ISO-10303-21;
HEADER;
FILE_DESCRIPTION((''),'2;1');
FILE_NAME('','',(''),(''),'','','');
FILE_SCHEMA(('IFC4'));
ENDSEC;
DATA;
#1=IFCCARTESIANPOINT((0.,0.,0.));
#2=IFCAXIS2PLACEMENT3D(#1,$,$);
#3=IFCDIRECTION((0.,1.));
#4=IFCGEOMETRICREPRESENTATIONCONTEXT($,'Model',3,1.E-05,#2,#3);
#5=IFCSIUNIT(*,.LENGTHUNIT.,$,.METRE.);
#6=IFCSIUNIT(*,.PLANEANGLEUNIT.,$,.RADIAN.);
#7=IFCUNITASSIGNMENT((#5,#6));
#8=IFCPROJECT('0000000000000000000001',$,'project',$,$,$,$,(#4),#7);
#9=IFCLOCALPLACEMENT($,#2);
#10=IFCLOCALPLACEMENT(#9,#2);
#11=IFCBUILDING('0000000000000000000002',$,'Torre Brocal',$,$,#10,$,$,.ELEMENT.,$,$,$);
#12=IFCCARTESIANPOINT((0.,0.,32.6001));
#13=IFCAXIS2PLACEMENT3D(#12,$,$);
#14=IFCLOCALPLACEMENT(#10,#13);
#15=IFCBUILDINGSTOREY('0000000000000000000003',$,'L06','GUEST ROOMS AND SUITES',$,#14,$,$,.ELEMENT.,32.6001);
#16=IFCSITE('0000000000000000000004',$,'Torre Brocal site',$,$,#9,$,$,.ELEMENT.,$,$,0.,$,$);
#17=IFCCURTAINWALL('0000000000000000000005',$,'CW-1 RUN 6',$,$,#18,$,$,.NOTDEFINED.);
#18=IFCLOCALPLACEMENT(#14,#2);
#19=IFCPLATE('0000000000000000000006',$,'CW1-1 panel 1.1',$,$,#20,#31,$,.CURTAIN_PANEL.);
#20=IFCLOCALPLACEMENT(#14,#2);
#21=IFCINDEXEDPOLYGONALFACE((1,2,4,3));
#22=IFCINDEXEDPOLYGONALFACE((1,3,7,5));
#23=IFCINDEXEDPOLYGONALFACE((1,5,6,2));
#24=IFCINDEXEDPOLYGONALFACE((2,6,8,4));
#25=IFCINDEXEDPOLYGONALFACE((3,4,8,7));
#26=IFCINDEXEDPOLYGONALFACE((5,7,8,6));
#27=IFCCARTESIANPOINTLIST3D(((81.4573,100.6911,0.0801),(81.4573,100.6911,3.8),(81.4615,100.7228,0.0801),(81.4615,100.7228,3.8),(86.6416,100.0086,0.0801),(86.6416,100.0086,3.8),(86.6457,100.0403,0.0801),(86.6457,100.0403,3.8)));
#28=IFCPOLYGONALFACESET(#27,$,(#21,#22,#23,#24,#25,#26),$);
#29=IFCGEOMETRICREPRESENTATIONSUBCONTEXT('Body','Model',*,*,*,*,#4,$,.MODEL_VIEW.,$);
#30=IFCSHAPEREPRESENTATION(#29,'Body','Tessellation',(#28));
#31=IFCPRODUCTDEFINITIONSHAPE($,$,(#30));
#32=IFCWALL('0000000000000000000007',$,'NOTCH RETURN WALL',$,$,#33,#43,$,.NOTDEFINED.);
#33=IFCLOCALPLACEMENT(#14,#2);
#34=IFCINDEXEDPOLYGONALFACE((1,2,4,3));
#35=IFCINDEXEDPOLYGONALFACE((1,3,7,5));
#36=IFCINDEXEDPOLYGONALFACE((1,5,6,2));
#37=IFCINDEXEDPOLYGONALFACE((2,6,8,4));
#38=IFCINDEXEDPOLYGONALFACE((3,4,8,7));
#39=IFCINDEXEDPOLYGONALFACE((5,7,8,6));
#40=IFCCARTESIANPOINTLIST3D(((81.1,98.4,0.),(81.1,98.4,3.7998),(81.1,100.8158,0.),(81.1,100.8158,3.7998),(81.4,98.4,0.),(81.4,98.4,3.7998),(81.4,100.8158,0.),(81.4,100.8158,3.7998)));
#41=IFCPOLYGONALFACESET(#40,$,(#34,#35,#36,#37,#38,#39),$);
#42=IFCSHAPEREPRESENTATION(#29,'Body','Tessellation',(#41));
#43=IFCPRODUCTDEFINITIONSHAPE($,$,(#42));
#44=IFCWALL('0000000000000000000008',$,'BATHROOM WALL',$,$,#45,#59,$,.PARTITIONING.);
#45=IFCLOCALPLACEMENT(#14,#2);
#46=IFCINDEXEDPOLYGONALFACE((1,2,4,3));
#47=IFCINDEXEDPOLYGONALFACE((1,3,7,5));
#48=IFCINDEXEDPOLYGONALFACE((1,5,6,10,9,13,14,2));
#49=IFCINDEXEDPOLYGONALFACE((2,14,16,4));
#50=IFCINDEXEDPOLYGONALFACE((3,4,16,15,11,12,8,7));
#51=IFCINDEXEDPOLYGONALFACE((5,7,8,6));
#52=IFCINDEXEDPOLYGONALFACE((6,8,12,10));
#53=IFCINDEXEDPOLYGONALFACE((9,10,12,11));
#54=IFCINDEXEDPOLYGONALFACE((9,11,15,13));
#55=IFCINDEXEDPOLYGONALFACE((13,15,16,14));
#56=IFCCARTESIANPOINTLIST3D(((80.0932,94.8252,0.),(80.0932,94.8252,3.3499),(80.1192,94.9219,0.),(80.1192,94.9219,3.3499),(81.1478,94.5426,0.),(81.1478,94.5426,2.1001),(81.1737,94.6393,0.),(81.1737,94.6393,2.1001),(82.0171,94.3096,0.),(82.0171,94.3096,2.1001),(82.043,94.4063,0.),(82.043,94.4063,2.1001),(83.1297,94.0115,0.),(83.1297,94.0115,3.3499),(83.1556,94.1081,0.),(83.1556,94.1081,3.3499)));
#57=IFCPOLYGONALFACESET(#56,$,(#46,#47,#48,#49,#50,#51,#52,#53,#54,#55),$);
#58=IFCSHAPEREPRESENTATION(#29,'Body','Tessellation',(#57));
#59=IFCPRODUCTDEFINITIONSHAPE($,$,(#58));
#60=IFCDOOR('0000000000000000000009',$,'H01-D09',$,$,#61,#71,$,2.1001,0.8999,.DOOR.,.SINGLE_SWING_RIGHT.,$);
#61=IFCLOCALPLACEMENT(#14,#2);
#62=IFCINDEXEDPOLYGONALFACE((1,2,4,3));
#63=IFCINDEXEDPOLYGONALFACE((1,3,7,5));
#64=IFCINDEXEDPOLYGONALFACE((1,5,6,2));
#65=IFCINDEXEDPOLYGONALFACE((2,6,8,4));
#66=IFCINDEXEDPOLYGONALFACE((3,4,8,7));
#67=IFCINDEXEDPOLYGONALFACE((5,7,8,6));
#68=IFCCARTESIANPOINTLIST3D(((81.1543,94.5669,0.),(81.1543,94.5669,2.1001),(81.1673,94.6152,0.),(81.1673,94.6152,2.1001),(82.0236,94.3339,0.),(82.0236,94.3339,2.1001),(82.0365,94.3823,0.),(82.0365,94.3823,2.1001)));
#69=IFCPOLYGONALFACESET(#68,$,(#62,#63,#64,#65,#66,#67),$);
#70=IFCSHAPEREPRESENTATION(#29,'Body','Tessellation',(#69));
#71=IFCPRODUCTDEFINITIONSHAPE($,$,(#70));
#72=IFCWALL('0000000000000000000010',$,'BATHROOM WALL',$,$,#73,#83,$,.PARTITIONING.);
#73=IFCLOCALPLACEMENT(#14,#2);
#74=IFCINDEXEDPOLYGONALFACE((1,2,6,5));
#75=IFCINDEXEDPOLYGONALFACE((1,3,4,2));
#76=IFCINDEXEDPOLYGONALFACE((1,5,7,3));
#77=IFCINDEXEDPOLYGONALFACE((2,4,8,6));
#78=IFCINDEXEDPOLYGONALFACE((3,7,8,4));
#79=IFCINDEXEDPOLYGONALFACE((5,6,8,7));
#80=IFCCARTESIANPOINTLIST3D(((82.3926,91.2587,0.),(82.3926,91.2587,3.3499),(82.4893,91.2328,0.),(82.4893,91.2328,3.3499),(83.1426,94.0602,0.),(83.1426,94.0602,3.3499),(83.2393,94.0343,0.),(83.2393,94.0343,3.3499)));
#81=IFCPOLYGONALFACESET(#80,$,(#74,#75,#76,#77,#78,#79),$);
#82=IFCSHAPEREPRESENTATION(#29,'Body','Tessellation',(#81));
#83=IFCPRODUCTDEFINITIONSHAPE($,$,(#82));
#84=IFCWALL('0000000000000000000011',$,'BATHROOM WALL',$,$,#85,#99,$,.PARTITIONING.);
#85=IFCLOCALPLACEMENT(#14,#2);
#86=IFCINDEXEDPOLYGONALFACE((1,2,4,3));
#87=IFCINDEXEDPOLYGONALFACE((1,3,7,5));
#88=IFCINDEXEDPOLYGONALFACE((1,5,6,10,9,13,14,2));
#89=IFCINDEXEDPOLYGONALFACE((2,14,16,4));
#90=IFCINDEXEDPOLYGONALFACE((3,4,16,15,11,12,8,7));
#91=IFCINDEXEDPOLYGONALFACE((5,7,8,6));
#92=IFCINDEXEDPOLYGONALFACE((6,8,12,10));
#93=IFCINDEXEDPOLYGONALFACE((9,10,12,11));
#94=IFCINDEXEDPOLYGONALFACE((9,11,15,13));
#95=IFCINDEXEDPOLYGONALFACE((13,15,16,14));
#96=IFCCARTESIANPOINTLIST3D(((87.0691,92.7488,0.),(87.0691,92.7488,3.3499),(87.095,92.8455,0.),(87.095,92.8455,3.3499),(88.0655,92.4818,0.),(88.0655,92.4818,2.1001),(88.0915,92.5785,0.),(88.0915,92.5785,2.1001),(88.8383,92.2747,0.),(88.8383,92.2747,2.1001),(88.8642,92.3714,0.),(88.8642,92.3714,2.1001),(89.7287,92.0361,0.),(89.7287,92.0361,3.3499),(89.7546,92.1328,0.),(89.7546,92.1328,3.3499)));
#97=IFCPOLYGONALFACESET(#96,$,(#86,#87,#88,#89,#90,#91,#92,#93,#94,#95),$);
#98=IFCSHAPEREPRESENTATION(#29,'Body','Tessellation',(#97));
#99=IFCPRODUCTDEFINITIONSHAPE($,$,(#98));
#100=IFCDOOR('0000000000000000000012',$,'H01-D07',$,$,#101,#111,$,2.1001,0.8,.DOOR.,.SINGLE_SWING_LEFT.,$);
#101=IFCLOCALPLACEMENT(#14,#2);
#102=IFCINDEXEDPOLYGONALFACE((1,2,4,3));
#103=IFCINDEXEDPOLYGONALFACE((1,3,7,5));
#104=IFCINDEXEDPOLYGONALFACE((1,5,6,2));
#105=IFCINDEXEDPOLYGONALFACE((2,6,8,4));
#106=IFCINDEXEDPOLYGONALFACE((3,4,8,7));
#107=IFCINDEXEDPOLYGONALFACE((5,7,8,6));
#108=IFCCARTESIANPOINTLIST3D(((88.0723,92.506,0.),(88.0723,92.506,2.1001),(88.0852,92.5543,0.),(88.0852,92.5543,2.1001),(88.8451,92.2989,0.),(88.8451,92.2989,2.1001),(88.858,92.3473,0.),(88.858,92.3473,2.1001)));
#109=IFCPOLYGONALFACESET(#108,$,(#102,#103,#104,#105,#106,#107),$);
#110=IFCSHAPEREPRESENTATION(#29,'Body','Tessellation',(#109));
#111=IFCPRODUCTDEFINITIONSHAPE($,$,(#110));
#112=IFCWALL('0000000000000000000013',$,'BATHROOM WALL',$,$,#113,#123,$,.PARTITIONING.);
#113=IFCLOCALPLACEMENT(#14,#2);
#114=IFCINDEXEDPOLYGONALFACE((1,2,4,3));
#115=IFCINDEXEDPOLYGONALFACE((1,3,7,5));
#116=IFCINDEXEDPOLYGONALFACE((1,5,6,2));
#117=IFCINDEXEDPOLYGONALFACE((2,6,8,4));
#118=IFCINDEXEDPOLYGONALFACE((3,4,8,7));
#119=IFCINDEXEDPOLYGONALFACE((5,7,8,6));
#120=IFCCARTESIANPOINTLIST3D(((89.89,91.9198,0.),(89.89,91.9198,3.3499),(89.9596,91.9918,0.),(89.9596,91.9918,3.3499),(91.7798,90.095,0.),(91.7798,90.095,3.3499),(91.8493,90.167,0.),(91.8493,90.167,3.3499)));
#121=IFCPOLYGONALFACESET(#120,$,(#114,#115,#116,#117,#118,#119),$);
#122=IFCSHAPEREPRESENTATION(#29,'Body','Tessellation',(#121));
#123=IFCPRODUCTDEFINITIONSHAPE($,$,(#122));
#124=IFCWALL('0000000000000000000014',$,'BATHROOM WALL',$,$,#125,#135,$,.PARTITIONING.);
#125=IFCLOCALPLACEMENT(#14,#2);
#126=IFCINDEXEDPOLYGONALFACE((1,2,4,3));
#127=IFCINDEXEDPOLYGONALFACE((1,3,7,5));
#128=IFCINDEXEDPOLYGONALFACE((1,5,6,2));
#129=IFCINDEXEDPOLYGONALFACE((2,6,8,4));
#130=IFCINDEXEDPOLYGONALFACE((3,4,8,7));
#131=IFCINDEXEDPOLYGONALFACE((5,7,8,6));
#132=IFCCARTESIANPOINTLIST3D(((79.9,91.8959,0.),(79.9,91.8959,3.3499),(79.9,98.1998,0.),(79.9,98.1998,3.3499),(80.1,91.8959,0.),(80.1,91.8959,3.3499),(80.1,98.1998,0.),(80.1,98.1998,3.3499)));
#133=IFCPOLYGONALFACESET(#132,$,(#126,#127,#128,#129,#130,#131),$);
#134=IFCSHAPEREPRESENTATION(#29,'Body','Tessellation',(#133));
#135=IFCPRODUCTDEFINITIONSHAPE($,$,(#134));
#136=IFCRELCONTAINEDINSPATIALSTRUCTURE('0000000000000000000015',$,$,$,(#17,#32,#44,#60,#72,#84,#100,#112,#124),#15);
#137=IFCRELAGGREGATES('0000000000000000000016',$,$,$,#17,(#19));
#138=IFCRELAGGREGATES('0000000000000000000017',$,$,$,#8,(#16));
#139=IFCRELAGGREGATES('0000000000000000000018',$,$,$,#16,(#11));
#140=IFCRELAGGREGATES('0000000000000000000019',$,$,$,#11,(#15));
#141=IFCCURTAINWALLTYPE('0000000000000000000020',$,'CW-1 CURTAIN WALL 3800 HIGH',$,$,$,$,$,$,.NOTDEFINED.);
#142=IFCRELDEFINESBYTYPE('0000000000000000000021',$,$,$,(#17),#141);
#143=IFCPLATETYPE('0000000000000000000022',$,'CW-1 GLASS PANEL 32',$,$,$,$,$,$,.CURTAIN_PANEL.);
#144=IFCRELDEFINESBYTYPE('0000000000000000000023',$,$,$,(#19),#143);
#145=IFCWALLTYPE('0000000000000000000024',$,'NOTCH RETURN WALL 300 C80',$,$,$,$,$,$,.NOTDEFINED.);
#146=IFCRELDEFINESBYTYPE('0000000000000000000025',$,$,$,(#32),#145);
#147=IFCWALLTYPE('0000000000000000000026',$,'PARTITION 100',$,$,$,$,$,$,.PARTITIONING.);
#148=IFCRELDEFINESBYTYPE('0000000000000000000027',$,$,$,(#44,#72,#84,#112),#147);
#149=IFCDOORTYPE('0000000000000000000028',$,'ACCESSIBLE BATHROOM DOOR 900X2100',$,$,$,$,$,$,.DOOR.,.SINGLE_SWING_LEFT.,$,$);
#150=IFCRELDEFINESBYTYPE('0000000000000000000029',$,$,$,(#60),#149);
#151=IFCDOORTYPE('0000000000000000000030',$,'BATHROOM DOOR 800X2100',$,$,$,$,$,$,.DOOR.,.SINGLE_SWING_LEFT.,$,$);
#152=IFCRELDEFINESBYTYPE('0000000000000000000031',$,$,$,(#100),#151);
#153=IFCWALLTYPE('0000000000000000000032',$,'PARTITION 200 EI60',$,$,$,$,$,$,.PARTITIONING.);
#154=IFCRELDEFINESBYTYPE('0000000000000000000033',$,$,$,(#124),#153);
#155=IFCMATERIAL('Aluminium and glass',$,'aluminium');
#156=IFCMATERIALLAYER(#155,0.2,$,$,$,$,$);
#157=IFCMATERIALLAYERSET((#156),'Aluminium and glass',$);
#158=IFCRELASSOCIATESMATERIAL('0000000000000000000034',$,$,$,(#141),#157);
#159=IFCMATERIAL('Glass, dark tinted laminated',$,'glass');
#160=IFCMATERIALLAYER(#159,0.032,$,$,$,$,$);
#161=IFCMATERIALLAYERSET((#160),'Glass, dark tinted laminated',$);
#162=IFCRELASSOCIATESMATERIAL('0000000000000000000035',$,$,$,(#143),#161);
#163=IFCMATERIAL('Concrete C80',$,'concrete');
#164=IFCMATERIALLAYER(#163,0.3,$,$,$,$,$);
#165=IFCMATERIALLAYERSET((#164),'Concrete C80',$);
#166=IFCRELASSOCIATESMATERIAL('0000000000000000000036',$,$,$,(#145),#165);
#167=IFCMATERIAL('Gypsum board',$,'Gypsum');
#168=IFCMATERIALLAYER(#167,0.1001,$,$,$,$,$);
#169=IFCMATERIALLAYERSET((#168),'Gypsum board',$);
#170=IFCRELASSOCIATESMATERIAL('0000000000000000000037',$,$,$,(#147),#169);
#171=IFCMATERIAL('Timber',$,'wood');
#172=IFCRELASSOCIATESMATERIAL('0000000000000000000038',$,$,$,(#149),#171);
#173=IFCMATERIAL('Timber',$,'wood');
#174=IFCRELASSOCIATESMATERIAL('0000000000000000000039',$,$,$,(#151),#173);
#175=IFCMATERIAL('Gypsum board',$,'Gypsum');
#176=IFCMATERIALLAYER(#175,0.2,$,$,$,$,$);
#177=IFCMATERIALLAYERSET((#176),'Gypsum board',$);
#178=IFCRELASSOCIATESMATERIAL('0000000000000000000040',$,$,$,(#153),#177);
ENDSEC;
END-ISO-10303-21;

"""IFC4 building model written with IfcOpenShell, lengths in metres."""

from ifc_helpers import new_model, si_unit, direction, frame, frame_2d, origin, origin_2d, place, context, subcontext, project, spatial, rectangle, extrude, material, layer, layer_set, type_object, element, fill, aggregate, save


model = new_model("IFC4")

# Units and contexts
model_context = context("Model", 3, precision=1e-05, world=origin(), true_north=direction((0.0, 1.0)))
body_context = subcontext(model_context, "Body", "Model", "MODEL_VIEW")
ifc_project = project(units=[si_unit("LENGTHUNIT", "METRE"), si_unit("PLANEANGLEUNIT", "RADIAN")], contexts=[model_context])

# Site, building, storey
site_placement = place(None, origin())
site = spatial("IfcSite", under=ifc_project, at=site_placement, Name="Torre Brocal site", CompositionType="ELEMENT", RefElevation=0.0)
building_placement = place(site_placement, origin())
building = spatial("IfcBuilding", under=site, at=building_placement, Name="Torre Brocal", CompositionType="ELEMENT")
storey_placement = place(building_placement, frame((0.0, 0.0, 32.6001)))
storey = spatial("IfcBuildingStorey", under=building, at=storey_placement, Name="L06", Description="GUEST ROOMS AND SUITES", CompositionType="ELEMENT", Elevation=32.6001)

# Shared definitions
ifc_material_1 = material(Name="Aluminium and glass", Category="aluminium")
ifc_layer_1 = layer(ifc_material_1, 0.2)
ifc_layer_set_1 = layer_set([ifc_layer_1], Name="Aluminium and glass")
curtain_wall_type = type_object("IfcCurtainWallType", Name="CW-1 CURTAIN WALL 3800 HIGH", PredefinedType="NOTDEFINED", material=ifc_layer_set_1)

# Curtain wall
curtain_wall_1_placement = place(storey_placement, origin())
curtain_wall_1 = element("IfcCurtainWall", 1, at=curtain_wall_1_placement, inside=storey, type_object=curtain_wall_type, Name="CW-1 RUN 6", PredefinedType="NOTDEFINED")

# Plate
ifc_material_2 = material(Name="Glass, dark tinted laminated", Category="glass")
ifc_layer_2 = layer(ifc_material_2, 0.032)
ifc_layer_set_2 = layer_set([ifc_layer_2], Name="Glass, dark tinted laminated")
plate_type = type_object("IfcPlateType", Name="CW-1 GLASS PANEL 32", PredefinedType="CURTAIN_PANEL", material=ifc_layer_set_2)
plate_1_placement = place(storey_placement, frame((84.0515, 100.3657, 0.0801), z_axis=(0.0, 0.0, 1.0), x_axis=(-0.991445, 0.130526, 0.0)))
plate_1 = element("IfcPlate", 2, at=plate_1_placement, type_object=plate_type, Name="CW1-1 panel 1.1", PredefinedType="CURTAIN_PANEL", context=body_context, shape_type="SweptSolid", body=[
    extrude(rectangle(XDim=5.229, YDim=0.032, at=origin_2d()), origin(), (0.0, 0.0, 1.0), 3.72),
])
aggregate(curtain_wall_1, [plate_1])

# Wall
ifc_material_3 = material(Name="Concrete C80", Category="concrete")
ifc_layer_3 = layer(ifc_material_3, 0.3)
ifc_layer_set_3 = layer_set([ifc_layer_3], Name="Concrete C80")
wall_type_1 = type_object("IfcWallType", Name="NOTCH RETURN WALL 300 C80", PredefinedType="NOTDEFINED", material=ifc_layer_set_3)
wall_1_placement = place(storey_placement, frame((81.25, 98.3999, 0.0), z_axis=(0.0, 0.0, 1.0), x_axis=(0.0, 1.0, 0.0)))
element("IfcWall", 3, at=wall_1_placement, inside=storey, type_object=wall_type_1, Name="NOTCH RETURN WALL", PredefinedType="NOTDEFINED", context=body_context, shape_type="SweptSolid", body=[
    extrude(rectangle(XDim=2.4158, YDim=0.3, at=frame_2d((1.208, 0.0))), origin(), (0.0, 0.0, 1.0), 3.7998),
])

# Wall, opening, door
ifc_material_4 = material(Name="Gypsum board", Category="Gypsum")
ifc_layer_4 = layer(ifc_material_4, 0.1001)
ifc_layer_set_4 = layer_set([ifc_layer_4], Name="Gypsum board")
wall_type_2 = type_object("IfcWallType", Name="PARTITION 100", PredefinedType="PARTITIONING", material=ifc_layer_set_4)
wall_2_placement = place(storey_placement, frame((80.1062, 94.8735, 0.0), z_axis=(0.0, 0.0, 1.0), x_axis=(0.965916, -0.258856, 0.0)))
wall_2 = element("IfcWall", 4, at=wall_2_placement, inside=storey, type_object=wall_type_2, Name="BATHROOM WALL", PredefinedType="PARTITIONING", context=body_context, shape_type="SweptSolid", body=[
    extrude(rectangle(XDim=3.1436, YDim=0.1001, at=frame_2d((1.5718, 0.0))), origin(), (0.0, 0.0, 1.0), 3.3499),
])
opening_1_placement = place(wall_2_placement, frame((1.0918, 0.0, 0.0)))
opening_1 = element("IfcOpeningElement", 5, at=opening_1_placement, cuts=wall_2, PredefinedType="OPENING", context=body_context, shape_type="SweptSolid", body=[
    extrude(rectangle(XDim=0.8999, YDim=2.1001, at=frame_2d((0.45, 1.05))), frame((0.0, 0.0601, 0.0), z_axis=(0.0, -1.0, 0.0), x_axis=(1.0, 0.0, 0.0)), (0.0, 0.0, 1.0), 0.1201),
])
ifc_material_5 = material(Name="Timber", Category="wood")
door_type_1 = type_object("IfcDoorType", Name="ACCESSIBLE BATHROOM DOOR 900X2100", OperationType="SINGLE_SWING_LEFT", PredefinedType="DOOR", material=ifc_material_5)
door_1_placement = place(opening_1_placement, frame((0.8999, 0.0, 0.0), z_axis=(0.0, 0.0, 1.0), x_axis=(-1.0, 0.0, 0.0)))
door_1 = element("IfcDoor", 6, at=door_1_placement, inside=storey, type_object=door_type_1, Name="H01-D09", OperationType="SINGLE_SWING_RIGHT", OverallHeight=2.1001, OverallWidth=0.8999, PredefinedType="DOOR", context=body_context, shape_type="SweptSolid", body=[
    extrude(rectangle(XDim=0.8999, YDim=2.1001, at=frame_2d((0.45, 1.05))), frame((0.0, 0.0249, 0.0), z_axis=(0.0, -1.0, 0.0), x_axis=(1.0, 0.0, 0.0)), (0.0, 0.0, 1.0), 0.05),
])
fill(opening_1, door_1)

# Wall
wall_3_placement = place(storey_placement, frame((82.4409, 91.2456, 0.0), z_axis=(0.0, 0.0, 1.0), x_axis=(0.258606, 0.965983, 0.0)))
element("IfcWall", 7, at=wall_3_placement, inside=storey, type_object=wall_type_2, Name="BATHROOM WALL", PredefinedType="PARTITIONING", context=body_context, shape_type="SweptSolid", body=[
    extrude(rectangle(XDim=2.9001, YDim=0.1001, at=frame_2d((1.4502, 0.0))), origin(), (0.0, 0.0, 1.0), 3.3499),
])

# Wall, opening, door
wall_4_placement = place(storey_placement, frame((87.082, 92.7971, 0.0), z_axis=(0.0, 0.0, 1.0), x_axis=(0.965927, -0.258816, 0.0)))
wall_4 = element("IfcWall", 8, at=wall_4_placement, inside=storey, type_object=wall_type_2, Name="BATHROOM WALL", PredefinedType="PARTITIONING", context=body_context, shape_type="SweptSolid", body=[
    extrude(rectangle(XDim=2.7534, YDim=0.1001, at=frame_2d((1.3767, 0.0))), origin(), (0.0, 0.0, 1.0), 3.3499),
])
opening_2_placement = place(wall_4_placement, frame((1.0317, 0.0, 0.0)))
opening_2 = element("IfcOpeningElement", 9, at=opening_2_placement, cuts=wall_4, PredefinedType="OPENING", context=body_context, shape_type="SweptSolid", body=[
    extrude(rectangle(XDim=0.8, YDim=2.1001, at=frame_2d((0.3999, 1.05))), frame((0.0, 0.0601, 0.0), z_axis=(0.0, -1.0, 0.0), x_axis=(1.0, 0.0, 0.0)), (0.0, 0.0, 1.0), 0.1201),
])
ifc_material_6 = material(Name="Timber", Category="wood")
door_type_2 = type_object("IfcDoorType", Name="BATHROOM DOOR 800X2100", OperationType="SINGLE_SWING_LEFT", PredefinedType="DOOR", material=ifc_material_6)
door_2_placement = place(opening_2_placement, frame((0.8, 0.0, 0.0), z_axis=(0.0, 0.0, 1.0), x_axis=(-1.0, 0.0, 0.0)))
door_2 = element("IfcDoor", 10, at=door_2_placement, inside=storey, type_object=door_type_2, Name="H01-D07", OperationType="SINGLE_SWING_LEFT", OverallHeight=2.1001, OverallWidth=0.8, PredefinedType="DOOR", context=body_context, shape_type="SweptSolid", body=[
    extrude(rectangle(XDim=0.8, YDim=2.1001, at=frame_2d((0.3999, 1.05))), frame((0.0, 0.0249, 0.0), z_axis=(0.0, -1.0, 0.0), x_axis=(1.0, 0.0, 0.0)), (0.0, 0.0, 1.0), 0.05),
])
fill(opening_2, door_2)

# Walls
wall_5_placement = place(storey_placement, frame((89.9248, 91.9558, 0.0), z_axis=(0.0, 0.0, 1.0), x_axis=(0.71936, -0.694638, 0.0)))
element("IfcWall", 11, at=wall_5_placement, inside=storey, type_object=wall_type_2, Name="BATHROOM WALL", PredefinedType="PARTITIONING", context=body_context, shape_type="SweptSolid", body=[
    extrude(rectangle(XDim=2.627, YDim=0.1001, at=frame_2d((1.3135, 0.0))), origin(), (0.0, 0.0, 1.0), 3.3499),
])
ifc_material_7 = material(Name="Gypsum board", Category="Gypsum")
ifc_layer_5 = layer(ifc_material_7, 0.2)
ifc_layer_set_5 = layer_set([ifc_layer_5], Name="Gypsum board")
wall_type_3 = type_object("IfcWallType", Name="PARTITION 200 EI60", PredefinedType="PARTITIONING", material=ifc_layer_set_5)
wall_6_placement = place(storey_placement, frame((80.0, 91.896, 0.0), z_axis=(0.0, 0.0, 1.0), x_axis=(0.0, 1.0, 0.0)))
element("IfcWall", 12, at=wall_6_placement, inside=storey, type_object=wall_type_3, Name="BATHROOM WALL", PredefinedType="PARTITIONING", context=body_context, shape_type="SweptSolid", body=[
    extrude(rectangle(XDim=6.304, YDim=0.2, at=frame_2d((3.1519, 0.0))), origin(), (0.0, 0.0, 1.0), 3.3499),
])

save(model, "model.ifc")
